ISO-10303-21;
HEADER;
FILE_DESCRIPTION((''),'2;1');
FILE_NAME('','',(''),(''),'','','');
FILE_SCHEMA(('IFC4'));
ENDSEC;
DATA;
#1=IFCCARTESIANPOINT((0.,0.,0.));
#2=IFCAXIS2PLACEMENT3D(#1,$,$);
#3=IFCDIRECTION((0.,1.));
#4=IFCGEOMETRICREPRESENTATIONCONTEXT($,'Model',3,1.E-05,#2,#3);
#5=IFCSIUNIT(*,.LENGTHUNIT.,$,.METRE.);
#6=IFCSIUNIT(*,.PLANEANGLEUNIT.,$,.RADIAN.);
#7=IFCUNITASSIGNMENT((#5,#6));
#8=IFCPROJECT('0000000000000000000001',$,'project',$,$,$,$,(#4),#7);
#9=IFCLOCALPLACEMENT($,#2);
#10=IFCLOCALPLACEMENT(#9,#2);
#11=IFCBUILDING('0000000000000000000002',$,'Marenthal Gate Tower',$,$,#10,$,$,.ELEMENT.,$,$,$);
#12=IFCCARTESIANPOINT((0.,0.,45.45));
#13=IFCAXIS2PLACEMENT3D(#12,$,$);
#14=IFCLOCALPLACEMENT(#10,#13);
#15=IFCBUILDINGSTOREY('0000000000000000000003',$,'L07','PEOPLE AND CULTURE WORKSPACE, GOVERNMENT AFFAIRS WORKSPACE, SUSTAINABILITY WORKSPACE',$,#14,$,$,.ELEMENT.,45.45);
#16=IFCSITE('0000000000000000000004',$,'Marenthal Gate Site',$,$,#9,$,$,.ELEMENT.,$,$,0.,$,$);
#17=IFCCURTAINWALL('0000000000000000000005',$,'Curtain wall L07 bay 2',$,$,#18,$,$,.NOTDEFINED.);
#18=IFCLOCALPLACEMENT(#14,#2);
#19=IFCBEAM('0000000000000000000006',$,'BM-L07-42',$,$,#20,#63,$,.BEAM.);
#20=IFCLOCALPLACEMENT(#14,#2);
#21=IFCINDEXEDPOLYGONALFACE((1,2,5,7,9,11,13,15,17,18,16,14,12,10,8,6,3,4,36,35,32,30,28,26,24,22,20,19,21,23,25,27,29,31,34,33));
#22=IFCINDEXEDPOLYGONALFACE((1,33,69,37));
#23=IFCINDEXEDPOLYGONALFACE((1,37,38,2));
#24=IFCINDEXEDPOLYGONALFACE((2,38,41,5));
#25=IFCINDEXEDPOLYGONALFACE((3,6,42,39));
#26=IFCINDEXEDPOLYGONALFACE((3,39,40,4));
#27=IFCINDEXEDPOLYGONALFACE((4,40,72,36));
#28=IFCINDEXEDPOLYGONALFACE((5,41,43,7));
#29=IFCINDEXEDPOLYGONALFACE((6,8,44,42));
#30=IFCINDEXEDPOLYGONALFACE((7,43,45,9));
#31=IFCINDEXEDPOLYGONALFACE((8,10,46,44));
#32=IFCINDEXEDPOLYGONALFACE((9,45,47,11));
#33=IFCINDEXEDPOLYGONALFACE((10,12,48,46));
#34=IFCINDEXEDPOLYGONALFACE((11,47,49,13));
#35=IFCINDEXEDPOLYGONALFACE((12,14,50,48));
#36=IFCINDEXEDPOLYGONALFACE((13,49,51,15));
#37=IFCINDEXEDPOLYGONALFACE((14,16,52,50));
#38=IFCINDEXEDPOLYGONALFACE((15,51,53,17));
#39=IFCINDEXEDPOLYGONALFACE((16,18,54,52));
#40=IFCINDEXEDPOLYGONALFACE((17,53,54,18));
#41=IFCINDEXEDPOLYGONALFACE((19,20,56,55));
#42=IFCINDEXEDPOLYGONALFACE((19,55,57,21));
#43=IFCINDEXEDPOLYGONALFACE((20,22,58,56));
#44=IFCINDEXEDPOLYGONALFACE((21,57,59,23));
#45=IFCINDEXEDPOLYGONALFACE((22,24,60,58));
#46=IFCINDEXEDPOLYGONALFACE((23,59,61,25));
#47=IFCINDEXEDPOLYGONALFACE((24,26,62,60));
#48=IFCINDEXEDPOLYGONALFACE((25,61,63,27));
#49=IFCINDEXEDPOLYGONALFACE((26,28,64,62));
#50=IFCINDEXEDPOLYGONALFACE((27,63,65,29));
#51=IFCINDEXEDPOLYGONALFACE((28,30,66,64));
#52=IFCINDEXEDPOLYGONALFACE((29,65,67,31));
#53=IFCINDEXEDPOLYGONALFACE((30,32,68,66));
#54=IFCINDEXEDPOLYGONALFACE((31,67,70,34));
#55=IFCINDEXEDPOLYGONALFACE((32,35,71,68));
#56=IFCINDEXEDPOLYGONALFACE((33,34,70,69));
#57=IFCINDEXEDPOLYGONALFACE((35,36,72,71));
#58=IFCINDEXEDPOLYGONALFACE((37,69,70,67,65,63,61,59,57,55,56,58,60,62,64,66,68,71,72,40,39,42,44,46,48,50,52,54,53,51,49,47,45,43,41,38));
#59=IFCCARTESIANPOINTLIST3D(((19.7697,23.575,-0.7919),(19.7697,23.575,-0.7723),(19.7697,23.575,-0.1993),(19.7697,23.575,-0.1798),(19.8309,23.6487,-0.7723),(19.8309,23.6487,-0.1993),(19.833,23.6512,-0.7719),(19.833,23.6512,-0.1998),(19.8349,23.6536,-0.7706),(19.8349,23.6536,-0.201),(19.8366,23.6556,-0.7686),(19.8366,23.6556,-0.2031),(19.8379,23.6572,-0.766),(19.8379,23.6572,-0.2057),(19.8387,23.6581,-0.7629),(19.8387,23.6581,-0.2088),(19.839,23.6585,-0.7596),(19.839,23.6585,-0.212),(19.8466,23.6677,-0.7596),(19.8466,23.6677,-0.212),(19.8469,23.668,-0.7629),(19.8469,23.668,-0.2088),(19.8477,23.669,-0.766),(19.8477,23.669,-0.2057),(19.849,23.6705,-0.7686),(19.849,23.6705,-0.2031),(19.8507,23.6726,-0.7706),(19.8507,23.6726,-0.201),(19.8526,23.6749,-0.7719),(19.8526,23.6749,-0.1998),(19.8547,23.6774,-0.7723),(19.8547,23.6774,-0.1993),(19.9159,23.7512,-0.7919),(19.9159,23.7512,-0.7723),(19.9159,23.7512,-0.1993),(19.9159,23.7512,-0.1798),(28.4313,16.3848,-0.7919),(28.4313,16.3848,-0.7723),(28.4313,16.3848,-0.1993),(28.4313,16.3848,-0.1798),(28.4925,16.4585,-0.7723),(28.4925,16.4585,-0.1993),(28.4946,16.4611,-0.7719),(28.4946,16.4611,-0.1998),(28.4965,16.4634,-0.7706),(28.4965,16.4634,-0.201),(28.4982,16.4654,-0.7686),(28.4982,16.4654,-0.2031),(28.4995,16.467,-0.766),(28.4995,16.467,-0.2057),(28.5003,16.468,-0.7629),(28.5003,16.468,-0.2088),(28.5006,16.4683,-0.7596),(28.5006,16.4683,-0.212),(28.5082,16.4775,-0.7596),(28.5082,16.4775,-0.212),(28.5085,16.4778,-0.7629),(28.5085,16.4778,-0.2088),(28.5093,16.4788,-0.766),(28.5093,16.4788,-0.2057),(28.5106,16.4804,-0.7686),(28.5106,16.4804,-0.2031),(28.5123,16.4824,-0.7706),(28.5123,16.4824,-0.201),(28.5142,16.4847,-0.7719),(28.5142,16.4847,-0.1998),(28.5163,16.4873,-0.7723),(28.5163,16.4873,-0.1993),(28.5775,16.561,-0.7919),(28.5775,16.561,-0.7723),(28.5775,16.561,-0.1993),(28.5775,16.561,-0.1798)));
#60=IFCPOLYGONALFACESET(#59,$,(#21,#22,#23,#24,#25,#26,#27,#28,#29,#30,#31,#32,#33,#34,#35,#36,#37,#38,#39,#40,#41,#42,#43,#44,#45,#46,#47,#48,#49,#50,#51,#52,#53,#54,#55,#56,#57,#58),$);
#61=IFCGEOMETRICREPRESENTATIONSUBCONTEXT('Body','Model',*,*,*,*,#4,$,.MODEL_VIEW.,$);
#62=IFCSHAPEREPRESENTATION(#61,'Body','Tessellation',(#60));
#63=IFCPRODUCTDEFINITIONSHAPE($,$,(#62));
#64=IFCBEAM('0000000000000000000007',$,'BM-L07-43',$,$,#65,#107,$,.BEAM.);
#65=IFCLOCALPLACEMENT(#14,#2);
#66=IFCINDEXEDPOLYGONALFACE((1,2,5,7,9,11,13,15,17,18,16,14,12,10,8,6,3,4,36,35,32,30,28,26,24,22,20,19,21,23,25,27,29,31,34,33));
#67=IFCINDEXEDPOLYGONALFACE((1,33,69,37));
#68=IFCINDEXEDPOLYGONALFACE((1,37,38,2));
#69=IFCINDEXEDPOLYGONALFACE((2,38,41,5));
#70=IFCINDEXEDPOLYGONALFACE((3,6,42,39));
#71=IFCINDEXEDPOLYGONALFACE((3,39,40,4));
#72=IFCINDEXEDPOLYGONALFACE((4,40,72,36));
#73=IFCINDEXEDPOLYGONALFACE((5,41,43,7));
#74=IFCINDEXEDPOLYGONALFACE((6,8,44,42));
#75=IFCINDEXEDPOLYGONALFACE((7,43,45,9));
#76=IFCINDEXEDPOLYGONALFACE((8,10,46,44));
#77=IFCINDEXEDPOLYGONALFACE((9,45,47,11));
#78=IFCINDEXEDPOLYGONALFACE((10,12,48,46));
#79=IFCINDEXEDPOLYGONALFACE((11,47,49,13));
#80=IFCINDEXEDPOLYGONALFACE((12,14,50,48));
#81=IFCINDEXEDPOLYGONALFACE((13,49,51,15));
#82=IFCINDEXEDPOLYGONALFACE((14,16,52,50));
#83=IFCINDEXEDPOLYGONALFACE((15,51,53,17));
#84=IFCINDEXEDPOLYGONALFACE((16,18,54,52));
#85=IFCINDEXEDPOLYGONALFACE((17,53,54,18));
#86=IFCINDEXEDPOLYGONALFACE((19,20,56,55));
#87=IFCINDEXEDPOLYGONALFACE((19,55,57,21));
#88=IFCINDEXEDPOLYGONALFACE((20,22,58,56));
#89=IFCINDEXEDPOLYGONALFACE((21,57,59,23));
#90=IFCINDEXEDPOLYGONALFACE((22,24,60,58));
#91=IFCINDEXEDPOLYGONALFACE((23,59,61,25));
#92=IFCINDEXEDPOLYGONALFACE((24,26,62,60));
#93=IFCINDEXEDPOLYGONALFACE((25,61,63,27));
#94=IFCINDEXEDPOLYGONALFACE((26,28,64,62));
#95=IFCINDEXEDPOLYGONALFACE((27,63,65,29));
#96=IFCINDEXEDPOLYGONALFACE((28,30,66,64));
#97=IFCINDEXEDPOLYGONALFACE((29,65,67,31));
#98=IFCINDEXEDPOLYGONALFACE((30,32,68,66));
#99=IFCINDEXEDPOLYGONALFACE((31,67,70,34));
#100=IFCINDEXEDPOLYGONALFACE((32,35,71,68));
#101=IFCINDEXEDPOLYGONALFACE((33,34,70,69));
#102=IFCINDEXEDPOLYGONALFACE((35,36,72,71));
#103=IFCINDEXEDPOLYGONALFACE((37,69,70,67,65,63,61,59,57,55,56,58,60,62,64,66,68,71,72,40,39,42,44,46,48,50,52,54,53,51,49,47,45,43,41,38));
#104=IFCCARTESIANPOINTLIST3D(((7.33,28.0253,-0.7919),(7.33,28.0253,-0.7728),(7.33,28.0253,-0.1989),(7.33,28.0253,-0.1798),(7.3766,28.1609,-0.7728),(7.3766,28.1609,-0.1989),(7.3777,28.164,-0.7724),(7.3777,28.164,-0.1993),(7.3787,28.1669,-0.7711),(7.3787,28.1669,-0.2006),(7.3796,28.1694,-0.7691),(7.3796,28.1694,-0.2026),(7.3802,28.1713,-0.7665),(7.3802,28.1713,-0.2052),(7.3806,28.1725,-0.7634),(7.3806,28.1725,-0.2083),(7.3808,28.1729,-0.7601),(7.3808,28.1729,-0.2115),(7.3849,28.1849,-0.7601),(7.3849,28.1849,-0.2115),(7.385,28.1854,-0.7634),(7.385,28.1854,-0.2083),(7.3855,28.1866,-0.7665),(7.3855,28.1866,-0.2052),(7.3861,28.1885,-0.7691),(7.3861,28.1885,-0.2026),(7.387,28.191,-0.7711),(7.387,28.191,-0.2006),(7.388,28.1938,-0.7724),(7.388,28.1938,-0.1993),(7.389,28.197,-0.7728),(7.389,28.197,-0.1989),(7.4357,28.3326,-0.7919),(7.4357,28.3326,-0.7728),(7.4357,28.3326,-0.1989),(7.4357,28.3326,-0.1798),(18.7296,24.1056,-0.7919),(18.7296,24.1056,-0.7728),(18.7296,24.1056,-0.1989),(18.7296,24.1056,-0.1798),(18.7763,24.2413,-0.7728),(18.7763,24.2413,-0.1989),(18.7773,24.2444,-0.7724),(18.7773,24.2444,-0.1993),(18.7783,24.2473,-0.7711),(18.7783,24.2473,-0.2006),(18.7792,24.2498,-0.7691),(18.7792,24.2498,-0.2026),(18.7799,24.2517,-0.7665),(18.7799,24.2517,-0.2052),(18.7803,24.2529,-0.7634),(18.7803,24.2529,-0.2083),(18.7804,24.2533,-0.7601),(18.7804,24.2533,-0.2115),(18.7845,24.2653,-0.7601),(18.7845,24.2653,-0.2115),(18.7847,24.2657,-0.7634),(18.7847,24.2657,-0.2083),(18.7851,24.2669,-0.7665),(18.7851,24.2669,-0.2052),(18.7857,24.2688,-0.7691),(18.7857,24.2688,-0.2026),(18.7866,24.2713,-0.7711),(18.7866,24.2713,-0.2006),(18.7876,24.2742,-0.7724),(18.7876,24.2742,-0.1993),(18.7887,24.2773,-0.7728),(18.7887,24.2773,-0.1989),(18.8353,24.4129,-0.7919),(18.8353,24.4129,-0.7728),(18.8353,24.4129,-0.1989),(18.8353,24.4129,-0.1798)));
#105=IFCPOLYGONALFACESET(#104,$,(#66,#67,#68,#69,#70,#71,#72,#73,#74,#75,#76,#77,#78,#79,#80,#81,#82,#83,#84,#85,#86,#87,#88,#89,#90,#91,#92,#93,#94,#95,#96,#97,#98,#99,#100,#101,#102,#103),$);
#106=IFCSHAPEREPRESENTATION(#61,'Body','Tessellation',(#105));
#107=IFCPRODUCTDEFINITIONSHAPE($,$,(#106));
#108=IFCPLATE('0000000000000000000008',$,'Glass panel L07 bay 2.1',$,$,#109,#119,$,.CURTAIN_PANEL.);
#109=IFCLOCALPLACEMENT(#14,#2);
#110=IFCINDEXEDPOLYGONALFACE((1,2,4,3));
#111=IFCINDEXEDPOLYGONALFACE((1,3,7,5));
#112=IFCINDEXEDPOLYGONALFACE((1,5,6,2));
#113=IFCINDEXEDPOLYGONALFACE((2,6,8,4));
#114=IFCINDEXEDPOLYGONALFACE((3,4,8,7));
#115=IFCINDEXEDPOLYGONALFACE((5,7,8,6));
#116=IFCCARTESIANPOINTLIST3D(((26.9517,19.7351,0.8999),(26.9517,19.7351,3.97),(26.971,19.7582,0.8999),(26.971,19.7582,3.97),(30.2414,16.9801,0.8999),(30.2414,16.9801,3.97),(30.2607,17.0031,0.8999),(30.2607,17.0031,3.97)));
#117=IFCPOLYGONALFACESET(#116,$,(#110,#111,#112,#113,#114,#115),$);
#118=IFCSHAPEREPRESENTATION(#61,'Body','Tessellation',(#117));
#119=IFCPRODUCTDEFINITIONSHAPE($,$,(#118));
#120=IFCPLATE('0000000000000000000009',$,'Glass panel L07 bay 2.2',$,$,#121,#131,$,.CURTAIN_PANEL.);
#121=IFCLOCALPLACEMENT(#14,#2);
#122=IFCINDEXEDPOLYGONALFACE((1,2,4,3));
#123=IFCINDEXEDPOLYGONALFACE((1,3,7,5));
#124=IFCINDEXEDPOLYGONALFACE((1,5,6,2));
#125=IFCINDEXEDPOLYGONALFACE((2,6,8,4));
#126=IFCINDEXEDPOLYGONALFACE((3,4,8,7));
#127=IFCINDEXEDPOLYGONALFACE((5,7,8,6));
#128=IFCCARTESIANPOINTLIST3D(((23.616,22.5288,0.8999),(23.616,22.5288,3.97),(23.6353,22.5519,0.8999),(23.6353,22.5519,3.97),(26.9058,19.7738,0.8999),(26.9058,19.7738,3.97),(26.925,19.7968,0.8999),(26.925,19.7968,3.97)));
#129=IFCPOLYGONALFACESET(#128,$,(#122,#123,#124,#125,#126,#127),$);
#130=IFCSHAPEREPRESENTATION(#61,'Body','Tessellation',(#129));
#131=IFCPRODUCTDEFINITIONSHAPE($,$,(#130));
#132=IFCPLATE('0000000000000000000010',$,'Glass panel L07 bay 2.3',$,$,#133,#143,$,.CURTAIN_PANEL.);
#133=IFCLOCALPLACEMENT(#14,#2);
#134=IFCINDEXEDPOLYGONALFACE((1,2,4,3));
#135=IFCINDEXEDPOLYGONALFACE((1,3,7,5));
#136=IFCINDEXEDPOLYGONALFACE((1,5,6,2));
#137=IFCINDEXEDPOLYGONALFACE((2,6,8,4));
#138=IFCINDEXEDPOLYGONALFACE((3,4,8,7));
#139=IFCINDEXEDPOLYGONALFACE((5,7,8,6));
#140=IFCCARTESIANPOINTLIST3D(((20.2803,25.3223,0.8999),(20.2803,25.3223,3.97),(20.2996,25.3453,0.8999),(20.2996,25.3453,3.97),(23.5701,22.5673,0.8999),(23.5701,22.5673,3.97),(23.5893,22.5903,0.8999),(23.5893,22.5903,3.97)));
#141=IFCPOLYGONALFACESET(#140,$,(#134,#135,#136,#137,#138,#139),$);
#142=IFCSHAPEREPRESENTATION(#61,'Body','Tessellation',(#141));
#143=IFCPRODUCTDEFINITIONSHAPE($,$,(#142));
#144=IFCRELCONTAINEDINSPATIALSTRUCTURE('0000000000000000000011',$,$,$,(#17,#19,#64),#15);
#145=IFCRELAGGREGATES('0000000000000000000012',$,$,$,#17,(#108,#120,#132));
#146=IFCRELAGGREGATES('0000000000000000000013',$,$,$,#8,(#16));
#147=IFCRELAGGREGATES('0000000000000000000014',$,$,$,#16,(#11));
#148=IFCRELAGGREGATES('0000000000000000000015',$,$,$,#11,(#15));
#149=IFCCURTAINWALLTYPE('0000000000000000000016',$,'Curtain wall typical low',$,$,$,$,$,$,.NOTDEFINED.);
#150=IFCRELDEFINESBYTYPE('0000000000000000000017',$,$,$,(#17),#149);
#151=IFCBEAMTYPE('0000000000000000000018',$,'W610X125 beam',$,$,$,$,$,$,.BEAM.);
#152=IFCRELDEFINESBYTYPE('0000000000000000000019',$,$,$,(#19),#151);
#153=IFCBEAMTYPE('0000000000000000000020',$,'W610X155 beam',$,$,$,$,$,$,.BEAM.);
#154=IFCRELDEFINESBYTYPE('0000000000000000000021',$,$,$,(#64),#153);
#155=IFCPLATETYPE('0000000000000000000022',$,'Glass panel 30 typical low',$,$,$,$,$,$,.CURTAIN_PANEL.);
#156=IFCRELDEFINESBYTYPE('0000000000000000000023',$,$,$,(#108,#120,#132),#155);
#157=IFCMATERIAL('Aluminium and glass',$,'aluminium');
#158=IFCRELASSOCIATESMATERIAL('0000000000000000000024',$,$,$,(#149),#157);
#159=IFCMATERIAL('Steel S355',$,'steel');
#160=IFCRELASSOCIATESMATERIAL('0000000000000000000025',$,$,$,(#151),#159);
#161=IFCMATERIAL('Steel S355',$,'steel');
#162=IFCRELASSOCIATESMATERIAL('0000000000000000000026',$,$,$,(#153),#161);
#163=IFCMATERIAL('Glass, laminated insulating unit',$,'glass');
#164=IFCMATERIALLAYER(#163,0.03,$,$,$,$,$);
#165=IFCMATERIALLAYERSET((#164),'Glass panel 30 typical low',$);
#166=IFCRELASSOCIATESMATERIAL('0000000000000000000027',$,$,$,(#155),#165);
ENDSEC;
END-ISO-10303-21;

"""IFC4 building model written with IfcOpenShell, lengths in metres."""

from ifc_helpers import new_model, si_unit, direction, frame, origin, origin_2d, place, context, subcontext, project, spatial, rectangle, i_section, extrude, material, layer, layer_set, material_profile, profile_set, type_object, element, aggregate, save


model = new_model("IFC4")

# Units and contexts
model_context = context("Model", 3, precision=1e-05, world=origin(), true_north=direction((0.0, 1.0)))
body_context = subcontext(model_context, "Body", "Model", "MODEL_VIEW")
ifc_project = project(units=[si_unit("LENGTHUNIT", "METRE"), si_unit("PLANEANGLEUNIT", "RADIAN")], contexts=[model_context])

# Site, building, storey
site_placement = place(None, origin())
site = spatial("IfcSite", under=ifc_project, at=site_placement, Name="Marenthal Gate Site", CompositionType="ELEMENT", RefElevation=0.0)
building_placement = place(site_placement, origin())
building = spatial("IfcBuilding", under=site, at=building_placement, Name="Marenthal Gate Tower", CompositionType="ELEMENT")
storey_placement = place(building_placement, frame((0.0, 0.0, 45.45)))
storey = spatial("IfcBuildingStorey", under=building, at=storey_placement, Name="L07", Description="PEOPLE AND CULTURE WORKSPACE, GOVERNMENT AFFAIRS WORKSPACE, SUSTAINABILITY WORKSPACE", CompositionType="ELEMENT", Elevation=45.45)

# Curtain wall
ifc_material_1 = material(Name="Aluminium and glass", Category="aluminium")
curtain_wall_type = type_object("IfcCurtainWallType", Name="Curtain wall typical low", PredefinedType="NOTDEFINED", material=ifc_material_1)
curtain_wall_placement = place(storey_placement, origin())
curtain_wall = element("IfcCurtainWall", 1, at=curtain_wall_placement, inside=storey, type_object=curtain_wall_type, Name="Curtain wall L07 bay 2", PredefinedType="NOTDEFINED")

# Beams
ifc_material_2 = material(Name="Steel S355", Category="steel")
ifc_material_profile_1 = material_profile(ifc_material_2, i_section(OverallWidth=0.229, OverallDepth=0.6121, WebThickness=0.012, FlangeThickness=0.0195, FilletRadius=0.0127, at=origin_2d()), Name="W610X125")
ifc_profile_set_1 = profile_set([ifc_material_profile_1], Name="Steel S355")
beam_type_1 = type_object("IfcBeamType", Name="W610X125 beam", PredefinedType="BEAM", material=ifc_profile_set_1)
beam_1_placement = place(storey_placement, frame((28.5044, 16.4729, -0.4858), z_axis=(-0.769436, 0.638724, 0.0), x_axis=(-0.638724, -0.769436, 0.0)))
element("IfcBeam", 2, at=beam_1_placement, inside=storey, type_object=beam_type_1, Name="BM-L07-42", PredefinedType="BEAM", context=body_context, shape_type="SweptSolid", body=[
    extrude(i_section(OverallWidth=0.229, OverallDepth=0.6121, WebThickness=0.012, FlangeThickness=0.0195, FilletRadius=0.0127, at=origin_2d()), origin(), (0.0, 0.0, 1.0), 11.2571),
])
ifc_material_3 = material(Name="Steel S355", Category="steel")
ifc_material_profile_2 = material_profile(ifc_material_3, i_section(OverallWidth=0.325, OverallDepth=0.6121, WebThickness=0.0127, FlangeThickness=0.019, FilletRadius=0.0127, at=origin_2d()), Name="W610X155")
ifc_profile_set_2 = profile_set([ifc_material_profile_2], Name="Steel S355")
beam_type_2 = type_object("IfcBeamType", Name="W610X155 beam", PredefinedType="BEAM", material=ifc_profile_set_2)
beam_2_placement = place(storey_placement, frame((18.7825, 24.2593, -0.4858), z_axis=(-0.94566, 0.325157, 0.0), x_axis=(-0.325157, -0.94566, 0.0)))
element("IfcBeam", 3, at=beam_2_placement, inside=storey, type_object=beam_type_2, Name="BM-L07-43", PredefinedType="BEAM", context=body_context, shape_type="SweptSolid", body=[
    extrude(i_section(OverallWidth=0.325, OverallDepth=0.6121, WebThickness=0.0127, FlangeThickness=0.019, FilletRadius=0.0127, at=origin_2d()), origin(), (0.0, 0.0, 1.0), 12.0547),
])

# Plates
ifc_material_4 = material(Name="Glass, laminated insulating unit", Category="glass")
ifc_layer_1 = layer(ifc_material_4, 0.03)
ifc_layer_set_1 = layer_set([ifc_layer_1], Name="Glass panel 30 typical low")
plate_type = type_object("IfcPlateType", Name="Glass panel 30 typical low", PredefinedType="CURTAIN_PANEL", material=ifc_layer_set_1)
plate_1_placement = place(storey_placement, frame((28.6062, 18.3691, 0.8999), z_axis=(0.0, 0.0, 1.0), x_axis=(-0.766665, 0.642047, 0.0)))
plate_1 = element("IfcPlate", 4, at=plate_1_placement, type_object=plate_type, Name="Glass panel L07 bay 2.1", PredefinedType="CURTAIN_PANEL", context=body_context, shape_type="SweptSolid", body=[
    extrude(rectangle(XDim=4.291, YDim=0.03, at=origin_2d()), origin(), (0.0, 0.0, 1.0), 3.0701),
])
plate_2_placement = place(storey_placement, frame((25.2705, 21.1628, 0.8999), z_axis=(0.0, 0.0, 1.0), x_axis=(-0.766665, 0.642047, 0.0)))
plate_2 = element("IfcPlate", 5, at=plate_2_placement, type_object=plate_type, Name="Glass panel L07 bay 2.2", PredefinedType="CURTAIN_PANEL", context=body_context, shape_type="SweptSolid", body=[
    extrude(rectangle(XDim=4.291, YDim=0.03, at=origin_2d()), origin(), (0.0, 0.0, 1.0), 3.0701),
])
plate_3_placement = place(storey_placement, frame((21.9348, 23.9563, 0.8999), z_axis=(0.0, 0.0, 1.0), x_axis=(-0.766665, 0.642047, 0.0)))
plate_3 = element("IfcPlate", 6, at=plate_3_placement, type_object=plate_type, Name="Glass panel L07 bay 2.3", PredefinedType="CURTAIN_PANEL", context=body_context, shape_type="SweptSolid", body=[
    extrude(rectangle(XDim=4.291, YDim=0.03, at=origin_2d()), origin(), (0.0, 0.0, 1.0), 3.0701),
])
aggregate(curtain_wall, [plate_1, plate_2, plate_3])

save(model, "model.ifc")
